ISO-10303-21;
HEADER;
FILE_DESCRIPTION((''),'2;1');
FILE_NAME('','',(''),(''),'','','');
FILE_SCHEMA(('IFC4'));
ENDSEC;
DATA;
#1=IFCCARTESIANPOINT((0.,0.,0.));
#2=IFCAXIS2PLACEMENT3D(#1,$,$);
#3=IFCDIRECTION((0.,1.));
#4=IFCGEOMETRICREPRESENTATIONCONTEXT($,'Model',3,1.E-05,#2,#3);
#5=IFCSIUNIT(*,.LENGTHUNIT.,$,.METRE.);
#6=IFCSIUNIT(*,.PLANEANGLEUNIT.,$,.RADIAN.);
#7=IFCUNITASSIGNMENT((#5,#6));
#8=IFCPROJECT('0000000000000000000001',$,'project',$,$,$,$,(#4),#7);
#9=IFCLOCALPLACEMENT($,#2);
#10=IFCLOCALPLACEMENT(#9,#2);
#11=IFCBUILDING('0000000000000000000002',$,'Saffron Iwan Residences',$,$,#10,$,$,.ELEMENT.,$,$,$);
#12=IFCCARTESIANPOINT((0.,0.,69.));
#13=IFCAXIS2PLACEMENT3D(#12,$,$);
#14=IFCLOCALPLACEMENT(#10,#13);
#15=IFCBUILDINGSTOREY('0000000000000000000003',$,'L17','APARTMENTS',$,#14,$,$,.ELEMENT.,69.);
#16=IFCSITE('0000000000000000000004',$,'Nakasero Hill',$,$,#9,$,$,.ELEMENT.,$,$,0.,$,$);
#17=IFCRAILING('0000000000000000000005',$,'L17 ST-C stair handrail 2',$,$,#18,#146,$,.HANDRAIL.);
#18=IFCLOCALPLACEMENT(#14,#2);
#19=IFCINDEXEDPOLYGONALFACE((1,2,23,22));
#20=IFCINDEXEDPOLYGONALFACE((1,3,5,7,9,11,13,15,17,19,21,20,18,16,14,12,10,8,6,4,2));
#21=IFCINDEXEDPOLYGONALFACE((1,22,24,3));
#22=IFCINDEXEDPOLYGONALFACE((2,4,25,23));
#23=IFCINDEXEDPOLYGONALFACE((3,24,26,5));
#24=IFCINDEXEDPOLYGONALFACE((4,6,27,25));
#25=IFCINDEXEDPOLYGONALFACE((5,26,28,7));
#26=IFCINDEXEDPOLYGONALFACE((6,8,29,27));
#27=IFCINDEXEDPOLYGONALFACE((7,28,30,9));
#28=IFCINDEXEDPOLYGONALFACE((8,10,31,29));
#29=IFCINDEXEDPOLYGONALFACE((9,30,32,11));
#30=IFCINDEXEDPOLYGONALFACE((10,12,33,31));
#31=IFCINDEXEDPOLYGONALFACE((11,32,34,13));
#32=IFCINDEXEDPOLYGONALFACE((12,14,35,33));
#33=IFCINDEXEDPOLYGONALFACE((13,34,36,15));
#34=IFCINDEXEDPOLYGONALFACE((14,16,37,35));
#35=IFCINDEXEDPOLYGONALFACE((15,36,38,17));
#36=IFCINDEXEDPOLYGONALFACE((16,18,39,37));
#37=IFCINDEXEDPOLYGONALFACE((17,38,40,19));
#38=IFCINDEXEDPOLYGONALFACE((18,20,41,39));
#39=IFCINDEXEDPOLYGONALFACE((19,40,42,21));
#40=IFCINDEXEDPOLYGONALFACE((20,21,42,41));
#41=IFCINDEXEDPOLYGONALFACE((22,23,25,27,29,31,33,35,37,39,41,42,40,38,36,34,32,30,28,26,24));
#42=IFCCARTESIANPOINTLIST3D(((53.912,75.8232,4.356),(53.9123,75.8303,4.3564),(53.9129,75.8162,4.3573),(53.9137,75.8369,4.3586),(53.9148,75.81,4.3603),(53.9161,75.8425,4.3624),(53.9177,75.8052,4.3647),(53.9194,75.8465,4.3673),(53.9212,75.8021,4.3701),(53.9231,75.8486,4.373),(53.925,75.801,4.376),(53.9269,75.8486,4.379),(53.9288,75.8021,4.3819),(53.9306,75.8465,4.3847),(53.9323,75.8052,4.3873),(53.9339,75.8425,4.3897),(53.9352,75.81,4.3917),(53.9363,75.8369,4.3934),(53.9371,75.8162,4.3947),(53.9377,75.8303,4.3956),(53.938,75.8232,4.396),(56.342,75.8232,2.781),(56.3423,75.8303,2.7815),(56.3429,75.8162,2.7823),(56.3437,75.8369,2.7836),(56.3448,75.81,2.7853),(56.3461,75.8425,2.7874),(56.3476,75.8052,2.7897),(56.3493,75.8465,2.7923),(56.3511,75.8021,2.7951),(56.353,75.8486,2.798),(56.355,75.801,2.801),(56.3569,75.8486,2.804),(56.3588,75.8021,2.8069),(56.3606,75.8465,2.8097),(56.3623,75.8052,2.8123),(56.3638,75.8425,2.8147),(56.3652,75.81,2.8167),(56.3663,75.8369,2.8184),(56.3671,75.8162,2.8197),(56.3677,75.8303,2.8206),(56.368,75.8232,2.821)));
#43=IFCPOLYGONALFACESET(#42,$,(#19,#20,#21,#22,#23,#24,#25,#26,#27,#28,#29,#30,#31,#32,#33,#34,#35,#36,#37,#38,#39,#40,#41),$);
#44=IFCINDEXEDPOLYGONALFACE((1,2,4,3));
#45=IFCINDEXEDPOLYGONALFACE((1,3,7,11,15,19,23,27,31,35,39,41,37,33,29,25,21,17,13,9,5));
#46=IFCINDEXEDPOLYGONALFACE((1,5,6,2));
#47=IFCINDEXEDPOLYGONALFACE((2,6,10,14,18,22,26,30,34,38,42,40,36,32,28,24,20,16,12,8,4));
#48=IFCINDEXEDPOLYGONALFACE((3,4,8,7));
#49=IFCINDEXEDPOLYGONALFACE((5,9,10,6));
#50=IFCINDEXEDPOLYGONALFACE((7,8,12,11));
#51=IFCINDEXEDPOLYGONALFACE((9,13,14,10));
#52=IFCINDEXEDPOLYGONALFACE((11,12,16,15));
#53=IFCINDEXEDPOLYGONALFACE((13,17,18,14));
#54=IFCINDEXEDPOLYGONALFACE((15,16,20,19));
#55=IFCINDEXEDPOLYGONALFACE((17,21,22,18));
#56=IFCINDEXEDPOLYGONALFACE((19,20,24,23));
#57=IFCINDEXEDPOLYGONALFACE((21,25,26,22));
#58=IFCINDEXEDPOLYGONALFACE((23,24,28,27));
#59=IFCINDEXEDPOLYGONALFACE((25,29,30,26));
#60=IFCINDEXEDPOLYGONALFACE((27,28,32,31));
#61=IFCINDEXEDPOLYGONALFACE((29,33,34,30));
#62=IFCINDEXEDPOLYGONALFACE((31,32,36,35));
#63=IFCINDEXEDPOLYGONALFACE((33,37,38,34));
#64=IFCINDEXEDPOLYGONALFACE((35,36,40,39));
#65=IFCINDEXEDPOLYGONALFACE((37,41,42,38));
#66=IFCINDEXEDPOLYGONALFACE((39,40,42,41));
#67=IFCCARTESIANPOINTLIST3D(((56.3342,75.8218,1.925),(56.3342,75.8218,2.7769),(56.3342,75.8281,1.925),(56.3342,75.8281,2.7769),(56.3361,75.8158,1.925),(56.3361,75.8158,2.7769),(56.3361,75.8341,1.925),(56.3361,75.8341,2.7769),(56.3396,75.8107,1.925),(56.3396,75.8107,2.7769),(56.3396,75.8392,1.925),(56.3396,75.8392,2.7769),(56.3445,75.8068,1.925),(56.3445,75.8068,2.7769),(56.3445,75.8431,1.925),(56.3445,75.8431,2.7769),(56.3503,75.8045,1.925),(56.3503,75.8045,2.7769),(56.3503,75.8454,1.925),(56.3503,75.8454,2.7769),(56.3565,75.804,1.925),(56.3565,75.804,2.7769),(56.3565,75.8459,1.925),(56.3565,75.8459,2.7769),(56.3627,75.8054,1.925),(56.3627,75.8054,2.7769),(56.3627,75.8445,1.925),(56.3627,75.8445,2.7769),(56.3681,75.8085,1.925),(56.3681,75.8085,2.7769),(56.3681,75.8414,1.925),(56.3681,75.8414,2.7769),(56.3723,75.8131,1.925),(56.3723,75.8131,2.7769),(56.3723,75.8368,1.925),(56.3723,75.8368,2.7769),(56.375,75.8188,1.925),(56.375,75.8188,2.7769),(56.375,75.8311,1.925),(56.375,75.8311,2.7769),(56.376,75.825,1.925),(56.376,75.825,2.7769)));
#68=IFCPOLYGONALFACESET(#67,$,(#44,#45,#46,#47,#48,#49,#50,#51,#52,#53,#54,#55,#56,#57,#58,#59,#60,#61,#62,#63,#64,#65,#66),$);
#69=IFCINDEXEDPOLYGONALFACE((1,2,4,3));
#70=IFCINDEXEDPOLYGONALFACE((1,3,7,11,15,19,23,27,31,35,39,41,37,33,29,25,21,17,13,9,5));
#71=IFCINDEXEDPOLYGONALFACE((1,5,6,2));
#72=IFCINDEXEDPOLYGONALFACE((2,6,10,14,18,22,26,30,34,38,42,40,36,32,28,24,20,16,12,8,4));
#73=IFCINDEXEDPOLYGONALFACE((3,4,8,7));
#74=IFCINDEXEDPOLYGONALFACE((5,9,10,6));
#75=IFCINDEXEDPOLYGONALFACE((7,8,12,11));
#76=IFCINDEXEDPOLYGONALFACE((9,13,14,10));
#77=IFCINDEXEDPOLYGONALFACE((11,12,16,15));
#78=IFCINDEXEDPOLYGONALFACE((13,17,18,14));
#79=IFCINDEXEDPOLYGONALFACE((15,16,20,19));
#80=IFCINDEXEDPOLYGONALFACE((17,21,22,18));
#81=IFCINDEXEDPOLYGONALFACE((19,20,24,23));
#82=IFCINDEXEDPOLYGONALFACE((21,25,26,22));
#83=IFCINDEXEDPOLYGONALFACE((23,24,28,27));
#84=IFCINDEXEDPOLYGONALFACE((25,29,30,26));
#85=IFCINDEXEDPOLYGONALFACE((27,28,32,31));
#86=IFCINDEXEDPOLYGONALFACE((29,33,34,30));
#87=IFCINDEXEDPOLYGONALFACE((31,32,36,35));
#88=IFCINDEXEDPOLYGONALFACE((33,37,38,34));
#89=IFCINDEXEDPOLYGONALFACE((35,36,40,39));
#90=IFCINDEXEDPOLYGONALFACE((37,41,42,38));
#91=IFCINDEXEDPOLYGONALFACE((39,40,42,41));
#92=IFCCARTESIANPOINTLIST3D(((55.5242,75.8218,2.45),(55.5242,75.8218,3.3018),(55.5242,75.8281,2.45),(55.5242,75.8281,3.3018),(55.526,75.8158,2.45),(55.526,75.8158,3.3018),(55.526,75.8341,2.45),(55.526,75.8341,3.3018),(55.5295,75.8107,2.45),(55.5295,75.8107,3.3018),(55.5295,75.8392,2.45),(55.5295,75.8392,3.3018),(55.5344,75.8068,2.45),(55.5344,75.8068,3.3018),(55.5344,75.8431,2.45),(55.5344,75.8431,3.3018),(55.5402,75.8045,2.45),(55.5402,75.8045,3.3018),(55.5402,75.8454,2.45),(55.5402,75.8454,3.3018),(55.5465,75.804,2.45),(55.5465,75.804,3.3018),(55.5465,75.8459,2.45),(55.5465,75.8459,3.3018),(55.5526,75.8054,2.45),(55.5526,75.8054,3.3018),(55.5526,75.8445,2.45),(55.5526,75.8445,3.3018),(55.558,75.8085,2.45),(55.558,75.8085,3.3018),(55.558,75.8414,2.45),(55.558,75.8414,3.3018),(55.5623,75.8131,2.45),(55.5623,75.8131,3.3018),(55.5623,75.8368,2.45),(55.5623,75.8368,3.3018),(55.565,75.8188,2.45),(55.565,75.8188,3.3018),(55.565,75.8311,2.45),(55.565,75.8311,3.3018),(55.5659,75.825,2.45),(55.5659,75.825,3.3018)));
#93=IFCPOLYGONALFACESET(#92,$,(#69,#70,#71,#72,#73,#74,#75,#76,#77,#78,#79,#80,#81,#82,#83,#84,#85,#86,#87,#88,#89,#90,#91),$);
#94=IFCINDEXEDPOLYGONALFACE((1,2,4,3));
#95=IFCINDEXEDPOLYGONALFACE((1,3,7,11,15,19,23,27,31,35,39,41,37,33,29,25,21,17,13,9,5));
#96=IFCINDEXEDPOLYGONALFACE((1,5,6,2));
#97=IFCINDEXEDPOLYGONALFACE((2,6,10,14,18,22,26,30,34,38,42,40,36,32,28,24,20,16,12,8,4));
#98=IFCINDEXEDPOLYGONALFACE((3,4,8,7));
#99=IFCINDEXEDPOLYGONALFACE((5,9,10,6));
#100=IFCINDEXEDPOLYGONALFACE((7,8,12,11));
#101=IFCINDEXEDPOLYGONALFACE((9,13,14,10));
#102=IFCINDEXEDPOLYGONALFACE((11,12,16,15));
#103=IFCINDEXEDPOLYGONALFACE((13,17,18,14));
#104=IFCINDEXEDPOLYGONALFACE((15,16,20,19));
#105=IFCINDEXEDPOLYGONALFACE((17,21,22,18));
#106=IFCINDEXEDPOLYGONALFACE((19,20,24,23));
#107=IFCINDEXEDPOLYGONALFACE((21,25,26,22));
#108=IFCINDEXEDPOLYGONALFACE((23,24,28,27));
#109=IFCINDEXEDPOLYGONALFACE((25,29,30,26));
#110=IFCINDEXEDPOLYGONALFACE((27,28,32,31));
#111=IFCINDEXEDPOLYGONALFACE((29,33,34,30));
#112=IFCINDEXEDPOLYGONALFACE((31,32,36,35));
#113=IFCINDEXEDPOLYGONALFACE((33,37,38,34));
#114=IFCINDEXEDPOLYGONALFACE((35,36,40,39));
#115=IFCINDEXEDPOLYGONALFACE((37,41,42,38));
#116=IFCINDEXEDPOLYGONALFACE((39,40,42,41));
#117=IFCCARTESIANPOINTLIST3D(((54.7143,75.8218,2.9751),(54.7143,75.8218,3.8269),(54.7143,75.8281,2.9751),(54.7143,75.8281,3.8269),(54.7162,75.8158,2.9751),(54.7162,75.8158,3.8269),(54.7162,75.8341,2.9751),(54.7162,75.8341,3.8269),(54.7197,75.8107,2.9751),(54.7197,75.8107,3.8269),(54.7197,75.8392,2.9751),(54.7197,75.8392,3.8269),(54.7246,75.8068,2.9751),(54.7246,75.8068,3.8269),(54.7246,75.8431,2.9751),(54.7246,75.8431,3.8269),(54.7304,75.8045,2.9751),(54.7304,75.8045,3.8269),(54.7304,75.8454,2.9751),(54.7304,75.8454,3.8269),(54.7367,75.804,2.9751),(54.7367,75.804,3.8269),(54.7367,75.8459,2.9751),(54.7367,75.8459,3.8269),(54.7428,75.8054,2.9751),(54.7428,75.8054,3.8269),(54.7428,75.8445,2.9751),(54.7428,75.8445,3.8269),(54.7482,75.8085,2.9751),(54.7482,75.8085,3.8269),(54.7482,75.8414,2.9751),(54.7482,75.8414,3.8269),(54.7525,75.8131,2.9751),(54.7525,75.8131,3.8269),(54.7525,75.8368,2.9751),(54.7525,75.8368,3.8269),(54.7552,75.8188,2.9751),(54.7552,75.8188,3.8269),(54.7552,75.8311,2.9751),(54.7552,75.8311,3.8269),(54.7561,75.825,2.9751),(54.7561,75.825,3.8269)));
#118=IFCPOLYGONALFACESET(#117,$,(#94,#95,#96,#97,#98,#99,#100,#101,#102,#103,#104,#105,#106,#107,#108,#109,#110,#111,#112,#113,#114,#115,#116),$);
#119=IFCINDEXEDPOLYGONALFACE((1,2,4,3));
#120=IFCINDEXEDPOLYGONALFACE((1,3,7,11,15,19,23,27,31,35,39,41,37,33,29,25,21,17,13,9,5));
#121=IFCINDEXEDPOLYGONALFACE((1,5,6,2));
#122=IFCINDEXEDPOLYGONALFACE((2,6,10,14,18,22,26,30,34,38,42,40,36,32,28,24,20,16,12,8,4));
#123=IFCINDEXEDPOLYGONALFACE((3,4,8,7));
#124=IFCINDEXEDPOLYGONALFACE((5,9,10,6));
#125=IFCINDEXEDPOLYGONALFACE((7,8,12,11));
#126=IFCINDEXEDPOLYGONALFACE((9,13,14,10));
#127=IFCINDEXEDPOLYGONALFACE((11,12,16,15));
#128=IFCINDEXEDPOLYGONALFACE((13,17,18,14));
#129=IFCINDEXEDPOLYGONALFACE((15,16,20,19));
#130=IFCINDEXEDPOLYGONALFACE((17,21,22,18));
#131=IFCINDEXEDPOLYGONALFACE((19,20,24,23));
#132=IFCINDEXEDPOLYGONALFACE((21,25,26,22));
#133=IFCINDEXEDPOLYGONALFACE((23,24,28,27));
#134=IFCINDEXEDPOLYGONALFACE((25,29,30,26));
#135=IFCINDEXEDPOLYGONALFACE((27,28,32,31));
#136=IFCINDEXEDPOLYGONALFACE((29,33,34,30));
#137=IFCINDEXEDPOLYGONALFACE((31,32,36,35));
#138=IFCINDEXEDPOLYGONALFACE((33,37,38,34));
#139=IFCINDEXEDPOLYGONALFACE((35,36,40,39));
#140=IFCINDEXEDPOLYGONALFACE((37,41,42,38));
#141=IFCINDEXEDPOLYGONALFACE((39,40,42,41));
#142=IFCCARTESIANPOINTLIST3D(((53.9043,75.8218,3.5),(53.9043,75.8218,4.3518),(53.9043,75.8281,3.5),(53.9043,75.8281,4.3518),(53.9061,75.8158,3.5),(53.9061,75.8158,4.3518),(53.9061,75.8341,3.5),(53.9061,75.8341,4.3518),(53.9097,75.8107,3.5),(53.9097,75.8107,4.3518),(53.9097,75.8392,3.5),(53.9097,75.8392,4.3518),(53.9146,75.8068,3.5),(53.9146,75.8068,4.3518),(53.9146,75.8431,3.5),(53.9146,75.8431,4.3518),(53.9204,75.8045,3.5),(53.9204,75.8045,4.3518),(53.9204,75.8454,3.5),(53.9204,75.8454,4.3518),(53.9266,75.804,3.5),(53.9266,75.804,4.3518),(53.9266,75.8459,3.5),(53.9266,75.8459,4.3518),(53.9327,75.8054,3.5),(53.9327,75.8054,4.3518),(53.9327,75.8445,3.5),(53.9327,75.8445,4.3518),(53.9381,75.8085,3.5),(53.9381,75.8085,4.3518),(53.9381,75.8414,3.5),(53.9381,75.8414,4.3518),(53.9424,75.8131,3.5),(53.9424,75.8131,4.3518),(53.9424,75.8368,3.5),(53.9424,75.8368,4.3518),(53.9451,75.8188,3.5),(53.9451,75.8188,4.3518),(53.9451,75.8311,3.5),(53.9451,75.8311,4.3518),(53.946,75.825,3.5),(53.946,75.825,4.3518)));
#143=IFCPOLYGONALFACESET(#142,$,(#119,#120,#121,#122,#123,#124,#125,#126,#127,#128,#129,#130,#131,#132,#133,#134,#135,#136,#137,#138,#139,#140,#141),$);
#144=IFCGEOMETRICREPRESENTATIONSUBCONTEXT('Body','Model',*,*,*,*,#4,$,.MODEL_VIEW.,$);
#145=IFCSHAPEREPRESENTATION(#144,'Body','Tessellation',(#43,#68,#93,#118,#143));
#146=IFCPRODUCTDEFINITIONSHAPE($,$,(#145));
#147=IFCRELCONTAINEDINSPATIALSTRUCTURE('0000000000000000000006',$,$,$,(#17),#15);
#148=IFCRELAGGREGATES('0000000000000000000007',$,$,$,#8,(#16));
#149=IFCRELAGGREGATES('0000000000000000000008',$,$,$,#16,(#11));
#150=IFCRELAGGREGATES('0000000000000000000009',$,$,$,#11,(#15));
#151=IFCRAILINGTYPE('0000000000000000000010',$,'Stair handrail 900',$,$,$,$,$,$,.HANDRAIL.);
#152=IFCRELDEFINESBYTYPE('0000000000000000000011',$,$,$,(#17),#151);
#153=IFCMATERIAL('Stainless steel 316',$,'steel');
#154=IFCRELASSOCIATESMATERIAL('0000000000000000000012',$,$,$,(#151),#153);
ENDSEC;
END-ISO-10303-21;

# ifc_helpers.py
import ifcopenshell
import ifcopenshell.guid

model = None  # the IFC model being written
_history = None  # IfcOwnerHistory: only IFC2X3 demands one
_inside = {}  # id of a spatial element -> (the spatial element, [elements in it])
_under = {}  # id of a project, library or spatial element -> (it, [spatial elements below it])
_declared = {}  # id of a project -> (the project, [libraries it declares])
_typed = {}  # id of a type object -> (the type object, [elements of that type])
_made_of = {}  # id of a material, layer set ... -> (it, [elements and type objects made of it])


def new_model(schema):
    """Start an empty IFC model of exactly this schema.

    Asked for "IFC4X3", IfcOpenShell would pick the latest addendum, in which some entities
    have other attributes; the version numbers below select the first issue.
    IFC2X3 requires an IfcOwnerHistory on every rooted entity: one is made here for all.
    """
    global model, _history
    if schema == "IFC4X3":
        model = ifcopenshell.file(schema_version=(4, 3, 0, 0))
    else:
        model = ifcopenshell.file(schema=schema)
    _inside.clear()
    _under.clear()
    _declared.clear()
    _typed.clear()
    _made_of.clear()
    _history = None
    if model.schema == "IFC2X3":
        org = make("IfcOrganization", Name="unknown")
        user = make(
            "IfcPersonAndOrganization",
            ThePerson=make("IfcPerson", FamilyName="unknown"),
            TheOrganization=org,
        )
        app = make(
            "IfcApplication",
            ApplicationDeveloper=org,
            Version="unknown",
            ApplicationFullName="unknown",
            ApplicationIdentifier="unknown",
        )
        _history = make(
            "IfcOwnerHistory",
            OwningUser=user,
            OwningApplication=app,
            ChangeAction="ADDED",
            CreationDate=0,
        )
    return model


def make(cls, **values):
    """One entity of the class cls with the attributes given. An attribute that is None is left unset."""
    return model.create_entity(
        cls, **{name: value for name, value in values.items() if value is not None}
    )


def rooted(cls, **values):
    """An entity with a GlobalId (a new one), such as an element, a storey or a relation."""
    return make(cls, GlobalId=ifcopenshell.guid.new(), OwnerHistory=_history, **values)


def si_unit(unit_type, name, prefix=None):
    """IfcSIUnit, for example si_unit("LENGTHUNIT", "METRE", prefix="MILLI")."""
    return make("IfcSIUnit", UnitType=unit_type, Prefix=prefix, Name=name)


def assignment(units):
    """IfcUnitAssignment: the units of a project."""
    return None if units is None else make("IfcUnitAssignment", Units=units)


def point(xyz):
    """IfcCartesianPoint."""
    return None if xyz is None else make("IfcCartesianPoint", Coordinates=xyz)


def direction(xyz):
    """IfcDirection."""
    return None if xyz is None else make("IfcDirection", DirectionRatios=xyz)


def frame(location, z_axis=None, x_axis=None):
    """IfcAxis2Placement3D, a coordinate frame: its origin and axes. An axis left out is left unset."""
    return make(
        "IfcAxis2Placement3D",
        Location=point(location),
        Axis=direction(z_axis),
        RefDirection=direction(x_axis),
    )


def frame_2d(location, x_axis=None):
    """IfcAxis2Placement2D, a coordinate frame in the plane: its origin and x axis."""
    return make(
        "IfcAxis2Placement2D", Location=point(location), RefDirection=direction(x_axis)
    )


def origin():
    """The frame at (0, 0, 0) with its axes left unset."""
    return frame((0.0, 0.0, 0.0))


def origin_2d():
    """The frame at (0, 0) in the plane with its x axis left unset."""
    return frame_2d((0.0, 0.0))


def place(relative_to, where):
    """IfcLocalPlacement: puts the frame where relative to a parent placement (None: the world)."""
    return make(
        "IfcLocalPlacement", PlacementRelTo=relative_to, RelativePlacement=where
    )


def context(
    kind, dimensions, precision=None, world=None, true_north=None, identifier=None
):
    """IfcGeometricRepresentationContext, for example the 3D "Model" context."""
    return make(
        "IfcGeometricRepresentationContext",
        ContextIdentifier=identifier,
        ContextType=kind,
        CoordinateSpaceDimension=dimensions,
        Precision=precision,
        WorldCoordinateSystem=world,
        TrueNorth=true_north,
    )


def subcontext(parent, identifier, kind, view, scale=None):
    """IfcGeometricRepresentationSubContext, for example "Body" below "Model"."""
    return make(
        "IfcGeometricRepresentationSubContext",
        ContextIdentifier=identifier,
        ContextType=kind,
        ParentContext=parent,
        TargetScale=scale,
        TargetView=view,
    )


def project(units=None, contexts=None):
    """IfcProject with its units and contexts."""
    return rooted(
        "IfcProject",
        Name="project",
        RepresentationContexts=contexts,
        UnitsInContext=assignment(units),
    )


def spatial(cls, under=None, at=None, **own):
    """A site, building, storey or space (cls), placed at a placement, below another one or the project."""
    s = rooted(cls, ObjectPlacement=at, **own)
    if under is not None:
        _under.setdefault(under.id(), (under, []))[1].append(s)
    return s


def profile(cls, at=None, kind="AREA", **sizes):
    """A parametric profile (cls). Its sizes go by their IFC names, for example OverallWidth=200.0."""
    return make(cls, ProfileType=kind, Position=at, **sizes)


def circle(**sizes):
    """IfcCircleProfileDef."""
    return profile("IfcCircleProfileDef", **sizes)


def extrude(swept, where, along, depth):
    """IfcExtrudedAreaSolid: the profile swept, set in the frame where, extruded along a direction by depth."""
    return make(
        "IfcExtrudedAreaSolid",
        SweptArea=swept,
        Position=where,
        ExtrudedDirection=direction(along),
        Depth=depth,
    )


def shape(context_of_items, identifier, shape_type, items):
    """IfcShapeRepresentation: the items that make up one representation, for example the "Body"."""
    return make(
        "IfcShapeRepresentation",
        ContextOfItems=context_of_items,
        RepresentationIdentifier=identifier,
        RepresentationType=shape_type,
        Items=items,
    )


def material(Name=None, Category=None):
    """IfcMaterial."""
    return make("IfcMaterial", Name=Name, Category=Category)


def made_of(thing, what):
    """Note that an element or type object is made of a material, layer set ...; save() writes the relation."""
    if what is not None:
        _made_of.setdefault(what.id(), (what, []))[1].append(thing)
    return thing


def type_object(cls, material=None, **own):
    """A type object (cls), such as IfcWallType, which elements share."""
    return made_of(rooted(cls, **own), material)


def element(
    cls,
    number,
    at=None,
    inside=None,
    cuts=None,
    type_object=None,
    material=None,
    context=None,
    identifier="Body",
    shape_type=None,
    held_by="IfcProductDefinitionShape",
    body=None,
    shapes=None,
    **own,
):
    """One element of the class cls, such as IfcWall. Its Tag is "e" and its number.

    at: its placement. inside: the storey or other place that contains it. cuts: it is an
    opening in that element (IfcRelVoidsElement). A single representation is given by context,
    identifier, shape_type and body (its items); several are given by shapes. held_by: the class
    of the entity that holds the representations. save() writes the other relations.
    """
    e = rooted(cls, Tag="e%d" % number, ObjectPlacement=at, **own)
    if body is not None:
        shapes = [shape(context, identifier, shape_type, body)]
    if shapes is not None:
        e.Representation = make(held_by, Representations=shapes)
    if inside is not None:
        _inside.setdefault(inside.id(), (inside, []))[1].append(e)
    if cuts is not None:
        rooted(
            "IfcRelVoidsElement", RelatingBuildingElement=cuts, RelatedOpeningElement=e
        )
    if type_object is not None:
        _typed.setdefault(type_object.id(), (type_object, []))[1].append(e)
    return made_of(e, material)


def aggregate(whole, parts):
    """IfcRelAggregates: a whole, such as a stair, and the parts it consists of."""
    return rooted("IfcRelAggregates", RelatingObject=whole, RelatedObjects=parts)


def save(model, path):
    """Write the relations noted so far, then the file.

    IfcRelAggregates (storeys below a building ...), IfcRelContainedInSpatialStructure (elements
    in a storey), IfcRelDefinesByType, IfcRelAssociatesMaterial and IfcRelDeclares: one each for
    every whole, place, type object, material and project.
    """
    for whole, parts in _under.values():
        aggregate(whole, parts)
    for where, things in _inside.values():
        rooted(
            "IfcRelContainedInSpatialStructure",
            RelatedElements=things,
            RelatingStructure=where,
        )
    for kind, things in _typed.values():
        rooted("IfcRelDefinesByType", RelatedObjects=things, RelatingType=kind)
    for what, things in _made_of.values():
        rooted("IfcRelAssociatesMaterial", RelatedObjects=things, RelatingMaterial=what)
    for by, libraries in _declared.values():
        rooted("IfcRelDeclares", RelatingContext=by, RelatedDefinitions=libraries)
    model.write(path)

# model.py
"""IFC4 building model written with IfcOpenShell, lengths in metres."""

from ifc_helpers import new_model, si_unit, direction, frame, origin, origin_2d, place, context, subcontext, project, spatial, circle, extrude, material, type_object, element, save


model = new_model("IFC4")

# Units and contexts
model_context = context("Model", 3, precision=1e-05, world=origin(), true_north=direction((0.0, 1.0)))
body_context = subcontext(model_context, "Body", "Model", "MODEL_VIEW")
ifc_project = project(units=[si_unit("LENGTHUNIT", "METRE"), si_unit("PLANEANGLEUNIT", "RADIAN")], contexts=[model_context])

# Site, building, storey
site_placement = place(None, origin())
site = spatial("IfcSite", under=ifc_project, at=site_placement, Name="Nakasero Hill", CompositionType="ELEMENT", RefElevation=0.0)
building_placement = place(site_placement, origin())
building = spatial("IfcBuilding", under=site, at=building_placement, Name="Saffron Iwan Residences", CompositionType="ELEMENT")
storey_placement = place(building_placement, frame((0.0, 0.0, 69.0)))
storey = spatial("IfcBuildingStorey", under=building, at=storey_placement, Name="L17", Description="APARTMENTS", CompositionType="ELEMENT", Elevation=69.0)

# Railing
ifc_material_1 = material(Name="Stainless steel 316", Category="steel")
railing_type_1 = type_object("IfcRailingType", Name="Stair handrail 900", PredefinedType="HANDRAIL", material=ifc_material_1)
railing_1_placement = place(storey_placement, frame((56.355, 75.825, 1.925)))
element("IfcRailing", 1, at=railing_1_placement, inside=storey, type_object=railing_type_1, Name="L17 ST-C stair handrail 2", PredefinedType="HANDRAIL", context=body_context, shape_type="SweptSolid", body=[
    extrude(circle(Radius=0.0239, at=origin_2d()), frame((0.0, 0.0, 0.876), z_axis=(-0.839154, 0.0, 0.543894), x_axis=(0.0, -1.0, 0.0)), (0.0, 0.0, 1.0), 2.8958),
    extrude(circle(Radius=0.021, at=origin_2d()), origin(), (0.0, 0.0, 1.0), 0.8518),
    extrude(circle(Radius=0.021, at=origin_2d()), frame((-0.8101, 0.0, 0.5249)), (0.0, 0.0, 1.0), 0.8518),
    extrude(circle(Radius=0.021, at=origin_2d()), frame((-1.6199, 0.0, 1.05)), (0.0, 0.0, 1.0), 0.8518),
    extrude(circle(Radius=0.021, at=origin_2d()), frame((-2.4299, 0.0, 1.575)), (0.0, 0.0, 1.0), 0.8518),
])

save(model, "model.ifc")
